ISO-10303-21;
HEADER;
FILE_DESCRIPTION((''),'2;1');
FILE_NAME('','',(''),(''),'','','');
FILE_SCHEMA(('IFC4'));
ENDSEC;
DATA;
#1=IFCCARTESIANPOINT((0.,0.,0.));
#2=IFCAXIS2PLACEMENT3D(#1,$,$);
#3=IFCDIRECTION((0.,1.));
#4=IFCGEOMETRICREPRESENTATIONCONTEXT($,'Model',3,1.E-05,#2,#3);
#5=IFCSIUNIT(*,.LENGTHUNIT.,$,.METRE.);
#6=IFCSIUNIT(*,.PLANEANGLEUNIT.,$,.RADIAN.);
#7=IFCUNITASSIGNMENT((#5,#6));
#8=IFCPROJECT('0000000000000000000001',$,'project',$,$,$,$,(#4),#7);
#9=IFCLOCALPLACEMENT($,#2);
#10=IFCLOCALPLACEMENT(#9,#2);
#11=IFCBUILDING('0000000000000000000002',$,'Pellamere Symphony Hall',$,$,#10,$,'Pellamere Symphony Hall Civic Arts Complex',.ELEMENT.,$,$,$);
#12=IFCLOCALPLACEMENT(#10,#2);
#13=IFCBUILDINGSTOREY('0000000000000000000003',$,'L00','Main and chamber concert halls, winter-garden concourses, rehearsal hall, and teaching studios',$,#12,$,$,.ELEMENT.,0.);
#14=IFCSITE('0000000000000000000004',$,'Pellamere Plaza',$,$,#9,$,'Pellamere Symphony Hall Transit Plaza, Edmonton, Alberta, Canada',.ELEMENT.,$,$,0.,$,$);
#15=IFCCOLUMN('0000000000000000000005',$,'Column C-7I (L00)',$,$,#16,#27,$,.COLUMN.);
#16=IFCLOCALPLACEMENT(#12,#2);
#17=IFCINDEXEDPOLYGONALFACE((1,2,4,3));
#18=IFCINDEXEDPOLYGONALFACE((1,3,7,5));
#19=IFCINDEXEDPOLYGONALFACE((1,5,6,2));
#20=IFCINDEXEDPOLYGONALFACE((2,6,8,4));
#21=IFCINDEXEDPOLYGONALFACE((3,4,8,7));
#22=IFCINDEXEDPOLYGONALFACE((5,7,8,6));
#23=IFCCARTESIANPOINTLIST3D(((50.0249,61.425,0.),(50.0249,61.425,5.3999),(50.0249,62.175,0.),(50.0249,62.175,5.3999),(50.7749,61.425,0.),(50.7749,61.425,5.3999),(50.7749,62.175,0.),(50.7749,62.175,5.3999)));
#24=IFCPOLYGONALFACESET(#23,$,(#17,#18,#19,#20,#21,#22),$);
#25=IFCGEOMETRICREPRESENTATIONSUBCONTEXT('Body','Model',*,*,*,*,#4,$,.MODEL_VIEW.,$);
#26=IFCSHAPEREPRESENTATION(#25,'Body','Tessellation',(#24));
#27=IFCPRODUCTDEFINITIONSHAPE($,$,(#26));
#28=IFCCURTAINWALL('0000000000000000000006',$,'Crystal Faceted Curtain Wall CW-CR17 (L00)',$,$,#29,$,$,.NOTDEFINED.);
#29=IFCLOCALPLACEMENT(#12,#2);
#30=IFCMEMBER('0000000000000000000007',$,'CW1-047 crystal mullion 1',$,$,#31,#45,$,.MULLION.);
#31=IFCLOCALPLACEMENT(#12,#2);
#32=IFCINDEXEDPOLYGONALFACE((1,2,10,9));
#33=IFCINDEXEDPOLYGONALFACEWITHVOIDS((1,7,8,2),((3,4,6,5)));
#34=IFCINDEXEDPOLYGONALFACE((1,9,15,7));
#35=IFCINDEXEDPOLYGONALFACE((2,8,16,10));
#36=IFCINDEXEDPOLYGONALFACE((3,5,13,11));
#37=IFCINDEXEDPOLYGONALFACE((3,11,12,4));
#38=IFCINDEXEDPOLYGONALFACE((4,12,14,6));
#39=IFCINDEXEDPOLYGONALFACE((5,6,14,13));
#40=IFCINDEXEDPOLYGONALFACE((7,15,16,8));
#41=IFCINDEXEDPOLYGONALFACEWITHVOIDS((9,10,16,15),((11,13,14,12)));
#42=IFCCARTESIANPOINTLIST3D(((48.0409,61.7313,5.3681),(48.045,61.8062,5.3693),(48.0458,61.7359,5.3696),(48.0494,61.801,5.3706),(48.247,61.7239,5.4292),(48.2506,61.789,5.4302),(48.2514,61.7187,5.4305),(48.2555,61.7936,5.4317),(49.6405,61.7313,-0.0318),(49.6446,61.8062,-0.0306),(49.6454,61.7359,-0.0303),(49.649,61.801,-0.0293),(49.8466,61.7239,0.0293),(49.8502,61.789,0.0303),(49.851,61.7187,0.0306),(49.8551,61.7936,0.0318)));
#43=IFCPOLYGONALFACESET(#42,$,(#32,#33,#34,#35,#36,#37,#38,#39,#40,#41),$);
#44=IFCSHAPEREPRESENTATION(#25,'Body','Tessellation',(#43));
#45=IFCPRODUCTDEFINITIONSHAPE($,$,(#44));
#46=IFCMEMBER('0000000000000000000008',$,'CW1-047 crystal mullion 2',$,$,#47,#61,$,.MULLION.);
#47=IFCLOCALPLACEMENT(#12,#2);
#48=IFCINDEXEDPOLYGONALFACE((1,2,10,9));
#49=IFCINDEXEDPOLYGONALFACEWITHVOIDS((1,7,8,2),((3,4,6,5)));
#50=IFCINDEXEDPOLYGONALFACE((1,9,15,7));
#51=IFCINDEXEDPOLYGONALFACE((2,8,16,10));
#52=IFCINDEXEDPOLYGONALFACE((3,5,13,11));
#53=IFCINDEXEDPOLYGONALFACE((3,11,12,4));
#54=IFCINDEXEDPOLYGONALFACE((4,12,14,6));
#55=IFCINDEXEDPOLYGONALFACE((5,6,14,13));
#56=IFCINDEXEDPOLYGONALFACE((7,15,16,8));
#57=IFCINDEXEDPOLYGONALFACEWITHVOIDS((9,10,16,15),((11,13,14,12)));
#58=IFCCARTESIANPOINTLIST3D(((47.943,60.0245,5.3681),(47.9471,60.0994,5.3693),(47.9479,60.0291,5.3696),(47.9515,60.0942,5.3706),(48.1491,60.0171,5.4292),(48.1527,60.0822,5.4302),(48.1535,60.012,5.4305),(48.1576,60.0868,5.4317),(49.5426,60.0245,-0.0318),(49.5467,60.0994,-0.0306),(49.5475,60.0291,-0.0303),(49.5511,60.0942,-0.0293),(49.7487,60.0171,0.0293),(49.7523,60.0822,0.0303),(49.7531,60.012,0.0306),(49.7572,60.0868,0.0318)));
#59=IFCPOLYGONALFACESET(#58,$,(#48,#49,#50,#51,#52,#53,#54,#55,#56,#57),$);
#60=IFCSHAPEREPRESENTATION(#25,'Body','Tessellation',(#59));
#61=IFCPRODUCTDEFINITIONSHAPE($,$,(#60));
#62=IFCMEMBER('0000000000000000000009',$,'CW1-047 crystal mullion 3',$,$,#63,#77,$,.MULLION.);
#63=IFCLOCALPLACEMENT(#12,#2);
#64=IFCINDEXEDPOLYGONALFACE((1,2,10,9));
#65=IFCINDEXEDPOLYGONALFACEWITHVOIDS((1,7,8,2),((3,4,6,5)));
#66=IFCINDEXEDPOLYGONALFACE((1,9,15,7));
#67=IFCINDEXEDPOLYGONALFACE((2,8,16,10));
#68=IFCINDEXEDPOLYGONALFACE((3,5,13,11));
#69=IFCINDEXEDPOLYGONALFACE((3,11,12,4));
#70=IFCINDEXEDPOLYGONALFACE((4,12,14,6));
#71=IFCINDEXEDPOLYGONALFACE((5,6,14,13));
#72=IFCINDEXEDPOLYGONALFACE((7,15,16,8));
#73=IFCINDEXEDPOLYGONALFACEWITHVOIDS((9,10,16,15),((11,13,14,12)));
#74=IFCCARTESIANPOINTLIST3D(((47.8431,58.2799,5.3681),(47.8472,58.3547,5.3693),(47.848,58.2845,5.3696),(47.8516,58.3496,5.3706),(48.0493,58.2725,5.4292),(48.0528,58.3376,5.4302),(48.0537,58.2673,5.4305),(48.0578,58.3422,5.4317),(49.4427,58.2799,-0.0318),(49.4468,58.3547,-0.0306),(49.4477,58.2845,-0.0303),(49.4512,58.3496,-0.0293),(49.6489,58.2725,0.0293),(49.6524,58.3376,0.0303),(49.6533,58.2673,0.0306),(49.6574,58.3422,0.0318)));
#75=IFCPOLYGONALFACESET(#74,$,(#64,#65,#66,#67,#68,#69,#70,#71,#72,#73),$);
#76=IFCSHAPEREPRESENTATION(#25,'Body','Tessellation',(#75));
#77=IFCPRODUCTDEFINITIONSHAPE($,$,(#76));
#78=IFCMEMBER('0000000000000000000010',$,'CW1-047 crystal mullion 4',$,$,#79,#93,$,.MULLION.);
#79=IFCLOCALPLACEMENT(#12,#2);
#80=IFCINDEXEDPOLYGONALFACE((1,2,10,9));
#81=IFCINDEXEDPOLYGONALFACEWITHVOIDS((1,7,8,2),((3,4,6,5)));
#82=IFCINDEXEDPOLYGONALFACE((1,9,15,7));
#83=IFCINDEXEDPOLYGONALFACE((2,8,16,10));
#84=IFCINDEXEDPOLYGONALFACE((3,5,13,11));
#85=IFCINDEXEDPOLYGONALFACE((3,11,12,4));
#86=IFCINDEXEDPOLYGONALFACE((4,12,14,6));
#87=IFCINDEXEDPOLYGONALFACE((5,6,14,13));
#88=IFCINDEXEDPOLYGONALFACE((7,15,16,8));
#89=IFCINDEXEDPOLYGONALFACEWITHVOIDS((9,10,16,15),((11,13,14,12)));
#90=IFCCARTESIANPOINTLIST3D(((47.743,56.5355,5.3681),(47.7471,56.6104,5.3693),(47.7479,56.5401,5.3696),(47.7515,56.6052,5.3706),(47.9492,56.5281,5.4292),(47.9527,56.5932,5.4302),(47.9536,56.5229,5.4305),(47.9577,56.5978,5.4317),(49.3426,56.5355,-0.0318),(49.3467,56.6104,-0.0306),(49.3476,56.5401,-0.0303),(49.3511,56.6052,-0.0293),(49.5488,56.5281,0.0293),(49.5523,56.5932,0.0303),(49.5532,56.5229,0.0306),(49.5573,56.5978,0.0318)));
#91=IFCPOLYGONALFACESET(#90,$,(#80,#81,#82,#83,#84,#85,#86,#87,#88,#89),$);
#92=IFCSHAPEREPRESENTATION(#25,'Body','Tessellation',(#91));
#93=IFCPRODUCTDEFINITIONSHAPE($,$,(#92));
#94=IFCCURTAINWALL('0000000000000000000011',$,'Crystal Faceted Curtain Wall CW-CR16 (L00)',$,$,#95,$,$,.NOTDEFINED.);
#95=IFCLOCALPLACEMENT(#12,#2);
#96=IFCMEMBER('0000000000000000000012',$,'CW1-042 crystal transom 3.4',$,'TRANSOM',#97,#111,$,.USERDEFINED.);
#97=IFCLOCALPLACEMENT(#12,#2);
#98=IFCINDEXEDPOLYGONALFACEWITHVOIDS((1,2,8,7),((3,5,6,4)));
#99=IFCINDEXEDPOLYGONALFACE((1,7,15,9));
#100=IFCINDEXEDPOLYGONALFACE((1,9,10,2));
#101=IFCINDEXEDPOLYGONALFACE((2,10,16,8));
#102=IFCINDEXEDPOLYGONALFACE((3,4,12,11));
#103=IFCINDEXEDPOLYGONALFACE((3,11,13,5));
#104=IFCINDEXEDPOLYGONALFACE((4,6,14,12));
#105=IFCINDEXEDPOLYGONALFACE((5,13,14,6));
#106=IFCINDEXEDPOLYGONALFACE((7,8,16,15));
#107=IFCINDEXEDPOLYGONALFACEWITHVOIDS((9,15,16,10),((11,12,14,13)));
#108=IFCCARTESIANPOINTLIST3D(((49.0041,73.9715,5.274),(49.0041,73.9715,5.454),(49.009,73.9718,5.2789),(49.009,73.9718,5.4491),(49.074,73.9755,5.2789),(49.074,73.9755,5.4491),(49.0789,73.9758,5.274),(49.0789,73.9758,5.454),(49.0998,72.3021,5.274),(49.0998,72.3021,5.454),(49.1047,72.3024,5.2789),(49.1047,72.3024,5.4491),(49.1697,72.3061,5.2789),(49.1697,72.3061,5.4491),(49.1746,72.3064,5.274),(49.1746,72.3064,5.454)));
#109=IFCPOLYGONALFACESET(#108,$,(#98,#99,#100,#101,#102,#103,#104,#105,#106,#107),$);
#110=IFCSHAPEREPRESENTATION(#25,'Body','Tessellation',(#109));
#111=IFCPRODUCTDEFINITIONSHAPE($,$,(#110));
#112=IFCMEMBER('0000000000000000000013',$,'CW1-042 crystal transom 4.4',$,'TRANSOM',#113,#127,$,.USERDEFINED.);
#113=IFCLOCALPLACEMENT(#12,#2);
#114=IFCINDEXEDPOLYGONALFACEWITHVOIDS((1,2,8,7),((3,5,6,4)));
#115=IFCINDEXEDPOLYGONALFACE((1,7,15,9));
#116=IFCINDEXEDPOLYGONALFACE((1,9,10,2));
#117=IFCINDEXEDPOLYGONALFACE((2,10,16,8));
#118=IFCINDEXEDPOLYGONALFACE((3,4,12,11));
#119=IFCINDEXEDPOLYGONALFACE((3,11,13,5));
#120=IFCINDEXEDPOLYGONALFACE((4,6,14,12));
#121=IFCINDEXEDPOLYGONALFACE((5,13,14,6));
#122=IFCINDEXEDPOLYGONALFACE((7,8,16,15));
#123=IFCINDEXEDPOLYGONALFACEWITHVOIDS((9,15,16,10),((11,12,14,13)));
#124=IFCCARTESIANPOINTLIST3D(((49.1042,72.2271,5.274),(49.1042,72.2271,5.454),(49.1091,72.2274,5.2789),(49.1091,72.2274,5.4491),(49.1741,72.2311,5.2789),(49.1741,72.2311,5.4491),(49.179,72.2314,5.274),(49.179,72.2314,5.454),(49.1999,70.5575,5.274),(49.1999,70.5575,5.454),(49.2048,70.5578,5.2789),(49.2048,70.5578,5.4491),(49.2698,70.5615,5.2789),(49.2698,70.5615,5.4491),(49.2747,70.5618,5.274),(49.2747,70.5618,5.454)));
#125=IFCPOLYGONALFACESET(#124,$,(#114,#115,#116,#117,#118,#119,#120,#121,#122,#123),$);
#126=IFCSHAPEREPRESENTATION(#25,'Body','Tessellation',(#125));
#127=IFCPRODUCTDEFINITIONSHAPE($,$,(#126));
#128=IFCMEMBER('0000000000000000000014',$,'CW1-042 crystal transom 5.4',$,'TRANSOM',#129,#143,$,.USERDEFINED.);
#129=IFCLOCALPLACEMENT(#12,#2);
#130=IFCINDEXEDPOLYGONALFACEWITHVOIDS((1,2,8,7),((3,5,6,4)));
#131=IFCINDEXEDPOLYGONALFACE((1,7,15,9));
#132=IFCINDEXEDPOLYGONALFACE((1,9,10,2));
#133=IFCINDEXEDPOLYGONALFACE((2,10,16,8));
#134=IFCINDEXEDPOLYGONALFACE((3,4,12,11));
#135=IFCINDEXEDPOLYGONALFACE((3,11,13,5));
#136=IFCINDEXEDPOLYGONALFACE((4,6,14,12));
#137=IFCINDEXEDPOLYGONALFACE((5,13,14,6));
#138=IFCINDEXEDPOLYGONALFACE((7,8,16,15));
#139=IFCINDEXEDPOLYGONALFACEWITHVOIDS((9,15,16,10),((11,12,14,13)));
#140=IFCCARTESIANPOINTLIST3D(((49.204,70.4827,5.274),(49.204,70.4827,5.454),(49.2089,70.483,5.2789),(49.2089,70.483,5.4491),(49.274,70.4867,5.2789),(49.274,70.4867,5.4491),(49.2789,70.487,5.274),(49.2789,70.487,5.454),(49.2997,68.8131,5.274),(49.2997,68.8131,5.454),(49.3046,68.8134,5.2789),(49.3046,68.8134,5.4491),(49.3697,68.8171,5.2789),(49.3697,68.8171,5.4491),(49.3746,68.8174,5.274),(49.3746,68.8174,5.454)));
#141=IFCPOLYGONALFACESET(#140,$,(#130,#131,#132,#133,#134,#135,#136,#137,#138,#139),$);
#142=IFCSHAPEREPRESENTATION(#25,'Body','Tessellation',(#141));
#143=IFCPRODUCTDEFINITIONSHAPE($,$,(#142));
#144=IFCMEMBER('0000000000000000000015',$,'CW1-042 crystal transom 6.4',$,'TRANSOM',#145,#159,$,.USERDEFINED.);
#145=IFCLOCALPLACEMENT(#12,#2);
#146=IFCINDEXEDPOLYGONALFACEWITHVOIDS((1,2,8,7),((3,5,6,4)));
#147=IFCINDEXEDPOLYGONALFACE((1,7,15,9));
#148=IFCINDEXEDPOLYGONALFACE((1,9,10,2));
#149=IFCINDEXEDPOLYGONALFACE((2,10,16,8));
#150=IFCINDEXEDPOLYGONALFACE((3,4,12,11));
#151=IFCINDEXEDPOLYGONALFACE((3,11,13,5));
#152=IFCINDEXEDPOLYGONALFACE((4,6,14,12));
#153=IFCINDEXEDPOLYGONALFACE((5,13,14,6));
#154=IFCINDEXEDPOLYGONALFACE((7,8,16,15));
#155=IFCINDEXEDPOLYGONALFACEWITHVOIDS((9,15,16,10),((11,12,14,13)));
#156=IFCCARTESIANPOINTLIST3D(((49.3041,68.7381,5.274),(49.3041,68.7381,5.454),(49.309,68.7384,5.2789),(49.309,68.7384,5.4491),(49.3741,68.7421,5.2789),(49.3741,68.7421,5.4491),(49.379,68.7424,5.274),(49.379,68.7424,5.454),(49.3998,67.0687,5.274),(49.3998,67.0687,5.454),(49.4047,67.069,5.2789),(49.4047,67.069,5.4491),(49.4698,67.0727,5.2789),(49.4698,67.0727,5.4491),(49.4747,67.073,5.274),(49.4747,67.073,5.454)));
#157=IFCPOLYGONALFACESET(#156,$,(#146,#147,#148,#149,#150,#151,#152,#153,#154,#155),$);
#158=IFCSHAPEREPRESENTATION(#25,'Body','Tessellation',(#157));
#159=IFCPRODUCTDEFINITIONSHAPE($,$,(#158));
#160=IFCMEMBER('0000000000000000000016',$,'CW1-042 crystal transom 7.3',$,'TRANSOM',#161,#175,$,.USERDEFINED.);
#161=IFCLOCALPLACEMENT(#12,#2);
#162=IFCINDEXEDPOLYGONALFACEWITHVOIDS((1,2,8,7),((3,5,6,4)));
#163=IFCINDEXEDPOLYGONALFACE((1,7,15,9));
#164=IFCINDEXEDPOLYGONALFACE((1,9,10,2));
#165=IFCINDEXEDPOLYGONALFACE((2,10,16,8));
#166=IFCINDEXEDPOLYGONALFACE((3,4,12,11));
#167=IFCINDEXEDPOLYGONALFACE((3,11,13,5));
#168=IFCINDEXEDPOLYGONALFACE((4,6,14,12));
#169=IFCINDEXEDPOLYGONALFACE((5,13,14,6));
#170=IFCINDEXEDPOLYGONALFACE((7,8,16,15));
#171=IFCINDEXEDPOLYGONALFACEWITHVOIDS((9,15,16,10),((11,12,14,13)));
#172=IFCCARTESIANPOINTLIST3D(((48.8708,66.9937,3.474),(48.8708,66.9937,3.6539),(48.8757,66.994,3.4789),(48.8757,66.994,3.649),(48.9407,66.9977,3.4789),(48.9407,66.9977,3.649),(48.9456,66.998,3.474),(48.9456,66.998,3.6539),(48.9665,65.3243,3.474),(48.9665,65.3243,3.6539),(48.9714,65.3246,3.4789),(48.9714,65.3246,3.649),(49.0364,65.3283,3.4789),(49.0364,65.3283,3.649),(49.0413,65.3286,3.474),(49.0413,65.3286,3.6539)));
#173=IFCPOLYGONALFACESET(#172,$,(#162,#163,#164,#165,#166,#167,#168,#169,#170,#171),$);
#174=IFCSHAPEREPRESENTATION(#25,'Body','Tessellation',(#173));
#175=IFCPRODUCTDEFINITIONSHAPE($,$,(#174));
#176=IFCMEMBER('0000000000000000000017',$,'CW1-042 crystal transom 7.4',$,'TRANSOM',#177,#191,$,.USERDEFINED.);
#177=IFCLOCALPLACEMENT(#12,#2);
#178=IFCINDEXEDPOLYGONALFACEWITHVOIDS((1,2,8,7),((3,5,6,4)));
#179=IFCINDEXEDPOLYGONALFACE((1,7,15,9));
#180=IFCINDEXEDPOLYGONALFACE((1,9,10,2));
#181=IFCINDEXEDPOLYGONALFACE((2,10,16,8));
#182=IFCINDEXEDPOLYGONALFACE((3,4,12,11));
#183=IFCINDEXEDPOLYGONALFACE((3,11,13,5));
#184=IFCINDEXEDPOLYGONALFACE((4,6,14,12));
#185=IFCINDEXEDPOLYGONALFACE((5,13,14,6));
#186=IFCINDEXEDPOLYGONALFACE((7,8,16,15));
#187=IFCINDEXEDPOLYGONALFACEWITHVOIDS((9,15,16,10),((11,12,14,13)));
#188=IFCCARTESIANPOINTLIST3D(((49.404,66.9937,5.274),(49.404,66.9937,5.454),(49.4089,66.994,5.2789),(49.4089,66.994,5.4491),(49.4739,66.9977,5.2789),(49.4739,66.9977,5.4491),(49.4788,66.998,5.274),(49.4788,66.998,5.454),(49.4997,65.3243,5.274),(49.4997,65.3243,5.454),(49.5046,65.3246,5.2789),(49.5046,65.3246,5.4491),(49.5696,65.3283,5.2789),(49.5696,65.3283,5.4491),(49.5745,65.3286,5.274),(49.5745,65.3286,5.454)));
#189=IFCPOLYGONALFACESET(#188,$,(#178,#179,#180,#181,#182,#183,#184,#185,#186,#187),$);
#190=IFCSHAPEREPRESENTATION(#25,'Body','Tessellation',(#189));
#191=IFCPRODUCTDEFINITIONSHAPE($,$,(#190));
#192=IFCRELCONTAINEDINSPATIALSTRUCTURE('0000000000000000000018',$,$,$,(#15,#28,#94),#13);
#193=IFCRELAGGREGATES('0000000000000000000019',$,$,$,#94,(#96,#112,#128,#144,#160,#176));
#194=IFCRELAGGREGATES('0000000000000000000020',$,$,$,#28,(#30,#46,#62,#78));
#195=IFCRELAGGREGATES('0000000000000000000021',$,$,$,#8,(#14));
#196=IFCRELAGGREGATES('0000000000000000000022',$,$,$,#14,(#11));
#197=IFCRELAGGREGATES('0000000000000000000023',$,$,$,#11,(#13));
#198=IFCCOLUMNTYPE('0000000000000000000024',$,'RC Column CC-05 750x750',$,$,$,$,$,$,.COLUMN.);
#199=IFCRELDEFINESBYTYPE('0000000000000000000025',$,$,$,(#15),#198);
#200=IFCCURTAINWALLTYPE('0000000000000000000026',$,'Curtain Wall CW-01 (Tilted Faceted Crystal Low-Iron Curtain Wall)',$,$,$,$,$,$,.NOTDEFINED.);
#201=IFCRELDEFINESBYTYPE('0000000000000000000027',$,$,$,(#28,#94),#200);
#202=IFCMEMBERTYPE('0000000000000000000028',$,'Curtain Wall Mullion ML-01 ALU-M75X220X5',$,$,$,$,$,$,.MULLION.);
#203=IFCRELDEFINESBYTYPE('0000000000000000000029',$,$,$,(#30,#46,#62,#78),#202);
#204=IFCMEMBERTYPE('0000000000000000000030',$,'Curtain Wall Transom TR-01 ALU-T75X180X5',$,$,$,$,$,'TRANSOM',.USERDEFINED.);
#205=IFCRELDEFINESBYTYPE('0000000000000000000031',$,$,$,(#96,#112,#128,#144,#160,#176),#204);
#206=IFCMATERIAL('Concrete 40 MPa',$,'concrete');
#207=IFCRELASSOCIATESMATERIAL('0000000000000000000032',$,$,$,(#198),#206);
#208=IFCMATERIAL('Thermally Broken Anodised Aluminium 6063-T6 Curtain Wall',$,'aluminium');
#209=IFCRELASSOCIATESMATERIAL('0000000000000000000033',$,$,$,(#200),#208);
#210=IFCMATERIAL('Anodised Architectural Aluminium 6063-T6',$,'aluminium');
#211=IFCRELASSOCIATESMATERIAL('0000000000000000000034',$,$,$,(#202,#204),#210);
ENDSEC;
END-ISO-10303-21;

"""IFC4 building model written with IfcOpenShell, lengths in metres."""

from ifc_helpers import new_model, si_unit, direction, frame, origin, origin_2d, place, context, subcontext, project, spatial, rectangle, hollow_rectangle, extrude, material, material_profile, profile_set, type_object, element, aggregate, save


model = new_model("IFC4")

# Units and contexts
model_context = context("Model", 3, precision=1e-05, world=origin(), true_north=direction((0.0, 1.0)))
body_context = subcontext(model_context, "Body", "Model", "MODEL_VIEW")
ifc_project = project(units=[si_unit("LENGTHUNIT", "METRE"), si_unit("PLANEANGLEUNIT", "RADIAN")], contexts=[model_context])

# Site, building, storey
site_placement = place(None, origin())
site = spatial("IfcSite", under=ifc_project, at=site_placement, Name="Pellamere Plaza", LongName="Pellamere Symphony Hall Transit Plaza, Edmonton, Alberta, Canada", CompositionType="ELEMENT", RefElevation=0.0)
building_placement = place(site_placement, origin())
building = spatial("IfcBuilding", under=site, at=building_placement, Name="Pellamere Symphony Hall", LongName="Pellamere Symphony Hall Civic Arts Complex", CompositionType="ELEMENT")
storey_placement = place(building_placement, origin())
storey = spatial("IfcBuildingStorey", under=building, at=storey_placement, Name="L00", Description="Main and chamber concert halls, winter-garden concourses, rehearsal hall, and teaching studios", CompositionType="ELEMENT", Elevation=0.0)

# Column
ifc_material_1 = material(Name="Concrete 40 MPa", Category="concrete")
ifc_material_profile_1 = material_profile(ifc_material_1, rectangle(XDim=0.75, YDim=0.75, at=origin_2d()), Name="RC 750x750")
ifc_profile_set_1 = profile_set([ifc_material_profile_1], Name="Concrete 40 MPa")
column_type = type_object("IfcColumnType", Name="RC Column CC-05 750x750", PredefinedType="COLUMN", material=ifc_profile_set_1)
column_placement = place(storey_placement, frame((50.3999, 61.8, 0.0), z_axis=(0.0, 0.0, 1.0), x_axis=(1.0, 0.0, 0.0)))
element("IfcColumn", 1, at=column_placement, inside=storey, type_object=column_type, Name="Column C-7I (L00)", PredefinedType="COLUMN", context=body_context, shape_type="SweptSolid", body=[
    extrude(rectangle(XDim=0.75, YDim=0.75, at=origin_2d()), origin(), (0.0, 0.0, 1.0), 5.3999),
])

# Curtain walls, members
ifc_material_2 = material(Name="Thermally Broken Anodised Aluminium 6063-T6 Curtain Wall", Category="aluminium")
curtain_wall_type = type_object("IfcCurtainWallType", Name="Curtain Wall CW-01 (Tilted Faceted Crystal Low-Iron Curtain Wall)", PredefinedType="NOTDEFINED", material=ifc_material_2)
curtain_wall_1_placement = place(storey_placement, origin())
curtain_wall_1 = element("IfcCurtainWall", 2, at=curtain_wall_1_placement, inside=storey, type_object=curtain_wall_type, Name="Crystal Faceted Curtain Wall CW-CR17 (L00)", PredefinedType="NOTDEFINED")
ifc_material_3 = material(Name="Anodised Architectural Aluminium 6063-T6", Category="aluminium")
ifc_material_profile_2 = material_profile(ifc_material_3, hollow_rectangle(XDim=0.075, YDim=0.22, WallThickness=0.0049, at=origin_2d()), Name="ALU-M75X220X5")
ifc_profile_set_2 = profile_set([ifc_material_profile_2], Name="Anodised Architectural Aluminium 6063-T6")
member_type_1 = type_object("IfcMemberType", Name="Curtain Wall Mullion ML-01 ALU-M75X220X5", PredefinedType="MULLION", material=ifc_profile_set_2)
member_1_placement = place(storey_placement, frame((49.7478, 61.7625, 0.0), z_axis=(-0.284029, 0.0, 0.958816), x_axis=(-0.054874, -0.998361, -0.016255)))
member_1 = element("IfcMember", 3, at=member_1_placement, type_object=member_type_1, Name="CW1-047 crystal mullion 1", PredefinedType="MULLION", context=body_context, shape_type="SweptSolid", body=[
    extrude(hollow_rectangle(XDim=0.075, YDim=0.22, WallThickness=0.0049, at=origin_2d()), origin(), (0.0, 0.0, 1.0), 5.6318),
])
member_2_placement = place(storey_placement, frame((49.6499, 60.0557, 0.0), z_axis=(-0.284029, 0.0, 0.958816), x_axis=(-0.054874, -0.998361, -0.016255)))
member_2 = element("IfcMember", 4, at=member_2_placement, type_object=member_type_1, Name="CW1-047 crystal mullion 2", PredefinedType="MULLION", context=body_context, shape_type="SweptSolid", body=[
    extrude(hollow_rectangle(XDim=0.075, YDim=0.22, WallThickness=0.0049, at=origin_2d()), origin(), (0.0, 0.0, 1.0), 5.6318),
])
member_3_placement = place(storey_placement, frame((49.55, 58.311, 0.0), z_axis=(-0.284029, 0.0, 0.958816), x_axis=(-0.054874, -0.998361, -0.016255)))
member_3 = element("IfcMember", 5, at=member_3_placement, type_object=member_type_1, Name="CW1-047 crystal mullion 3", PredefinedType="MULLION", context=body_context, shape_type="SweptSolid", body=[
    extrude(hollow_rectangle(XDim=0.075, YDim=0.22, WallThickness=0.0049, at=origin_2d()), origin(), (0.0, 0.0, 1.0), 5.6318),
])
member_4_placement = place(storey_placement, frame((49.45, 56.5667, 0.0), z_axis=(-0.284029, 0.0, 0.958816), x_axis=(-0.054874, -0.998361, -0.016255)))
member_4 = element("IfcMember", 6, at=member_4_placement, type_object=member_type_1, Name="CW1-047 crystal mullion 4", PredefinedType="MULLION", context=body_context, shape_type="SweptSolid", body=[
    extrude(hollow_rectangle(XDim=0.075, YDim=0.22, WallThickness=0.0049, at=origin_2d()), origin(), (0.0, 0.0, 1.0), 5.6318),
])
curtain_wall_2_placement = place(storey_placement, origin())
curtain_wall_2 = element("IfcCurtainWall", 7, at=curtain_wall_2_placement, inside=storey, type_object=curtain_wall_type, Name="Crystal Faceted Curtain Wall CW-CR16 (L00)", PredefinedType="NOTDEFINED")
ifc_material_profile_3 = material_profile(ifc_material_3, hollow_rectangle(XDim=0.075, YDim=0.1799, WallThickness=0.0049, at=origin_2d()), Name="ALU-T75X180X5")
ifc_profile_set_3 = profile_set([ifc_material_profile_3], Name="Anodised Architectural Aluminium 6063-T6")
member_type_2 = type_object("IfcMemberType", Name="Curtain Wall Transom TR-01 ALU-T75X180X5", ElementType="TRANSOM", PredefinedType="USERDEFINED", material=ifc_profile_set_3)
member_5_placement = place(storey_placement, frame((49.0415, 73.9736, 5.364), z_axis=(0.057233, -0.998361, 0.0), x_axis=(0.998361, 0.057233, 0.0)))
member_5 = element("IfcMember", 8, at=member_5_placement, type_object=member_type_2, Name="CW1-042 crystal transom 3.4", ObjectType="TRANSOM", PredefinedType="USERDEFINED", context=body_context, shape_type="SweptSolid", body=[
    extrude(hollow_rectangle(XDim=0.075, YDim=0.1799, WallThickness=0.0049, at=origin_2d()), origin(), (0.0, 0.0, 1.0), 1.6721),
])
member_6_placement = place(storey_placement, frame((49.1416, 72.2292, 5.364), z_axis=(0.057224, -0.998361, 0.0), x_axis=(0.998361, 0.057224, 0.0)))
member_6 = element("IfcMember", 9, at=member_6_placement, type_object=member_type_2, Name="CW1-042 crystal transom 4.4", ObjectType="TRANSOM", PredefinedType="USERDEFINED", context=body_context, shape_type="SweptSolid", body=[
    extrude(hollow_rectangle(XDim=0.075, YDim=0.1799, WallThickness=0.0049, at=origin_2d()), origin(), (0.0, 0.0, 1.0), 1.6724),
])
member_7_placement = place(storey_placement, frame((49.2415, 70.4849, 5.364), z_axis=(0.057224, -0.998361, 0.0), x_axis=(0.998361, 0.057224, 0.0)))
member_7 = element("IfcMember", 10, at=member_7_placement, type_object=member_type_2, Name="CW1-042 crystal transom 5.4", ObjectType="TRANSOM", PredefinedType="USERDEFINED", context=body_context, shape_type="SweptSolid", body=[
    extrude(hollow_rectangle(XDim=0.075, YDim=0.1799, WallThickness=0.0049, at=origin_2d()), origin(), (0.0, 0.0, 1.0), 1.6724),
])
member_8_placement = place(storey_placement, frame((49.3416, 68.7402, 5.364), z_axis=(0.057233, -0.998361, 0.0), x_axis=(0.998361, 0.057233, 0.0)))
member_8 = element("IfcMember", 11, at=member_8_placement, type_object=member_type_2, Name="CW1-042 crystal transom 6.4", ObjectType="TRANSOM", PredefinedType="USERDEFINED", context=body_context, shape_type="SweptSolid", body=[
    extrude(hollow_rectangle(XDim=0.075, YDim=0.1799, WallThickness=0.0049, at=origin_2d()), origin(), (0.0, 0.0, 1.0), 1.6721),
])
member_9_placement = place(storey_placement, frame((48.9082, 66.9958, 3.564), z_axis=(0.057233, -0.998361, 0.0), x_axis=(0.998361, 0.057233, 0.0)))
member_9 = element("IfcMember", 12, at=member_9_placement, type_object=member_type_2, Name="CW1-042 crystal transom 7.3", ObjectType="TRANSOM", PredefinedType="USERDEFINED", context=body_context, shape_type="SweptSolid", body=[
    extrude(hollow_rectangle(XDim=0.075, YDim=0.1799, WallThickness=0.0049, at=origin_2d()), origin(), (0.0, 0.0, 1.0), 1.6721),
])
member_10_placement = place(storey_placement, frame((49.4414, 66.9958, 5.364), z_axis=(0.057233, -0.998361, 0.0), x_axis=(0.998361, 0.057233, 0.0)))
member_10 = element("IfcMember", 13, at=member_10_placement, type_object=member_type_2, Name="CW1-042 crystal transom 7.4", ObjectType="TRANSOM", PredefinedType="USERDEFINED", context=body_context, shape_type="SweptSolid", body=[
    extrude(hollow_rectangle(XDim=0.075, YDim=0.1799, WallThickness=0.0049, at=origin_2d()), origin(), (0.0, 0.0, 1.0), 1.6721),
])

aggregate(curtain_wall_2, [member_5, member_6, member_7, member_8, member_9, member_10])
aggregate(curtain_wall_1, [member_1, member_2, member_3, member_4])

save(model, "model.ifc")
